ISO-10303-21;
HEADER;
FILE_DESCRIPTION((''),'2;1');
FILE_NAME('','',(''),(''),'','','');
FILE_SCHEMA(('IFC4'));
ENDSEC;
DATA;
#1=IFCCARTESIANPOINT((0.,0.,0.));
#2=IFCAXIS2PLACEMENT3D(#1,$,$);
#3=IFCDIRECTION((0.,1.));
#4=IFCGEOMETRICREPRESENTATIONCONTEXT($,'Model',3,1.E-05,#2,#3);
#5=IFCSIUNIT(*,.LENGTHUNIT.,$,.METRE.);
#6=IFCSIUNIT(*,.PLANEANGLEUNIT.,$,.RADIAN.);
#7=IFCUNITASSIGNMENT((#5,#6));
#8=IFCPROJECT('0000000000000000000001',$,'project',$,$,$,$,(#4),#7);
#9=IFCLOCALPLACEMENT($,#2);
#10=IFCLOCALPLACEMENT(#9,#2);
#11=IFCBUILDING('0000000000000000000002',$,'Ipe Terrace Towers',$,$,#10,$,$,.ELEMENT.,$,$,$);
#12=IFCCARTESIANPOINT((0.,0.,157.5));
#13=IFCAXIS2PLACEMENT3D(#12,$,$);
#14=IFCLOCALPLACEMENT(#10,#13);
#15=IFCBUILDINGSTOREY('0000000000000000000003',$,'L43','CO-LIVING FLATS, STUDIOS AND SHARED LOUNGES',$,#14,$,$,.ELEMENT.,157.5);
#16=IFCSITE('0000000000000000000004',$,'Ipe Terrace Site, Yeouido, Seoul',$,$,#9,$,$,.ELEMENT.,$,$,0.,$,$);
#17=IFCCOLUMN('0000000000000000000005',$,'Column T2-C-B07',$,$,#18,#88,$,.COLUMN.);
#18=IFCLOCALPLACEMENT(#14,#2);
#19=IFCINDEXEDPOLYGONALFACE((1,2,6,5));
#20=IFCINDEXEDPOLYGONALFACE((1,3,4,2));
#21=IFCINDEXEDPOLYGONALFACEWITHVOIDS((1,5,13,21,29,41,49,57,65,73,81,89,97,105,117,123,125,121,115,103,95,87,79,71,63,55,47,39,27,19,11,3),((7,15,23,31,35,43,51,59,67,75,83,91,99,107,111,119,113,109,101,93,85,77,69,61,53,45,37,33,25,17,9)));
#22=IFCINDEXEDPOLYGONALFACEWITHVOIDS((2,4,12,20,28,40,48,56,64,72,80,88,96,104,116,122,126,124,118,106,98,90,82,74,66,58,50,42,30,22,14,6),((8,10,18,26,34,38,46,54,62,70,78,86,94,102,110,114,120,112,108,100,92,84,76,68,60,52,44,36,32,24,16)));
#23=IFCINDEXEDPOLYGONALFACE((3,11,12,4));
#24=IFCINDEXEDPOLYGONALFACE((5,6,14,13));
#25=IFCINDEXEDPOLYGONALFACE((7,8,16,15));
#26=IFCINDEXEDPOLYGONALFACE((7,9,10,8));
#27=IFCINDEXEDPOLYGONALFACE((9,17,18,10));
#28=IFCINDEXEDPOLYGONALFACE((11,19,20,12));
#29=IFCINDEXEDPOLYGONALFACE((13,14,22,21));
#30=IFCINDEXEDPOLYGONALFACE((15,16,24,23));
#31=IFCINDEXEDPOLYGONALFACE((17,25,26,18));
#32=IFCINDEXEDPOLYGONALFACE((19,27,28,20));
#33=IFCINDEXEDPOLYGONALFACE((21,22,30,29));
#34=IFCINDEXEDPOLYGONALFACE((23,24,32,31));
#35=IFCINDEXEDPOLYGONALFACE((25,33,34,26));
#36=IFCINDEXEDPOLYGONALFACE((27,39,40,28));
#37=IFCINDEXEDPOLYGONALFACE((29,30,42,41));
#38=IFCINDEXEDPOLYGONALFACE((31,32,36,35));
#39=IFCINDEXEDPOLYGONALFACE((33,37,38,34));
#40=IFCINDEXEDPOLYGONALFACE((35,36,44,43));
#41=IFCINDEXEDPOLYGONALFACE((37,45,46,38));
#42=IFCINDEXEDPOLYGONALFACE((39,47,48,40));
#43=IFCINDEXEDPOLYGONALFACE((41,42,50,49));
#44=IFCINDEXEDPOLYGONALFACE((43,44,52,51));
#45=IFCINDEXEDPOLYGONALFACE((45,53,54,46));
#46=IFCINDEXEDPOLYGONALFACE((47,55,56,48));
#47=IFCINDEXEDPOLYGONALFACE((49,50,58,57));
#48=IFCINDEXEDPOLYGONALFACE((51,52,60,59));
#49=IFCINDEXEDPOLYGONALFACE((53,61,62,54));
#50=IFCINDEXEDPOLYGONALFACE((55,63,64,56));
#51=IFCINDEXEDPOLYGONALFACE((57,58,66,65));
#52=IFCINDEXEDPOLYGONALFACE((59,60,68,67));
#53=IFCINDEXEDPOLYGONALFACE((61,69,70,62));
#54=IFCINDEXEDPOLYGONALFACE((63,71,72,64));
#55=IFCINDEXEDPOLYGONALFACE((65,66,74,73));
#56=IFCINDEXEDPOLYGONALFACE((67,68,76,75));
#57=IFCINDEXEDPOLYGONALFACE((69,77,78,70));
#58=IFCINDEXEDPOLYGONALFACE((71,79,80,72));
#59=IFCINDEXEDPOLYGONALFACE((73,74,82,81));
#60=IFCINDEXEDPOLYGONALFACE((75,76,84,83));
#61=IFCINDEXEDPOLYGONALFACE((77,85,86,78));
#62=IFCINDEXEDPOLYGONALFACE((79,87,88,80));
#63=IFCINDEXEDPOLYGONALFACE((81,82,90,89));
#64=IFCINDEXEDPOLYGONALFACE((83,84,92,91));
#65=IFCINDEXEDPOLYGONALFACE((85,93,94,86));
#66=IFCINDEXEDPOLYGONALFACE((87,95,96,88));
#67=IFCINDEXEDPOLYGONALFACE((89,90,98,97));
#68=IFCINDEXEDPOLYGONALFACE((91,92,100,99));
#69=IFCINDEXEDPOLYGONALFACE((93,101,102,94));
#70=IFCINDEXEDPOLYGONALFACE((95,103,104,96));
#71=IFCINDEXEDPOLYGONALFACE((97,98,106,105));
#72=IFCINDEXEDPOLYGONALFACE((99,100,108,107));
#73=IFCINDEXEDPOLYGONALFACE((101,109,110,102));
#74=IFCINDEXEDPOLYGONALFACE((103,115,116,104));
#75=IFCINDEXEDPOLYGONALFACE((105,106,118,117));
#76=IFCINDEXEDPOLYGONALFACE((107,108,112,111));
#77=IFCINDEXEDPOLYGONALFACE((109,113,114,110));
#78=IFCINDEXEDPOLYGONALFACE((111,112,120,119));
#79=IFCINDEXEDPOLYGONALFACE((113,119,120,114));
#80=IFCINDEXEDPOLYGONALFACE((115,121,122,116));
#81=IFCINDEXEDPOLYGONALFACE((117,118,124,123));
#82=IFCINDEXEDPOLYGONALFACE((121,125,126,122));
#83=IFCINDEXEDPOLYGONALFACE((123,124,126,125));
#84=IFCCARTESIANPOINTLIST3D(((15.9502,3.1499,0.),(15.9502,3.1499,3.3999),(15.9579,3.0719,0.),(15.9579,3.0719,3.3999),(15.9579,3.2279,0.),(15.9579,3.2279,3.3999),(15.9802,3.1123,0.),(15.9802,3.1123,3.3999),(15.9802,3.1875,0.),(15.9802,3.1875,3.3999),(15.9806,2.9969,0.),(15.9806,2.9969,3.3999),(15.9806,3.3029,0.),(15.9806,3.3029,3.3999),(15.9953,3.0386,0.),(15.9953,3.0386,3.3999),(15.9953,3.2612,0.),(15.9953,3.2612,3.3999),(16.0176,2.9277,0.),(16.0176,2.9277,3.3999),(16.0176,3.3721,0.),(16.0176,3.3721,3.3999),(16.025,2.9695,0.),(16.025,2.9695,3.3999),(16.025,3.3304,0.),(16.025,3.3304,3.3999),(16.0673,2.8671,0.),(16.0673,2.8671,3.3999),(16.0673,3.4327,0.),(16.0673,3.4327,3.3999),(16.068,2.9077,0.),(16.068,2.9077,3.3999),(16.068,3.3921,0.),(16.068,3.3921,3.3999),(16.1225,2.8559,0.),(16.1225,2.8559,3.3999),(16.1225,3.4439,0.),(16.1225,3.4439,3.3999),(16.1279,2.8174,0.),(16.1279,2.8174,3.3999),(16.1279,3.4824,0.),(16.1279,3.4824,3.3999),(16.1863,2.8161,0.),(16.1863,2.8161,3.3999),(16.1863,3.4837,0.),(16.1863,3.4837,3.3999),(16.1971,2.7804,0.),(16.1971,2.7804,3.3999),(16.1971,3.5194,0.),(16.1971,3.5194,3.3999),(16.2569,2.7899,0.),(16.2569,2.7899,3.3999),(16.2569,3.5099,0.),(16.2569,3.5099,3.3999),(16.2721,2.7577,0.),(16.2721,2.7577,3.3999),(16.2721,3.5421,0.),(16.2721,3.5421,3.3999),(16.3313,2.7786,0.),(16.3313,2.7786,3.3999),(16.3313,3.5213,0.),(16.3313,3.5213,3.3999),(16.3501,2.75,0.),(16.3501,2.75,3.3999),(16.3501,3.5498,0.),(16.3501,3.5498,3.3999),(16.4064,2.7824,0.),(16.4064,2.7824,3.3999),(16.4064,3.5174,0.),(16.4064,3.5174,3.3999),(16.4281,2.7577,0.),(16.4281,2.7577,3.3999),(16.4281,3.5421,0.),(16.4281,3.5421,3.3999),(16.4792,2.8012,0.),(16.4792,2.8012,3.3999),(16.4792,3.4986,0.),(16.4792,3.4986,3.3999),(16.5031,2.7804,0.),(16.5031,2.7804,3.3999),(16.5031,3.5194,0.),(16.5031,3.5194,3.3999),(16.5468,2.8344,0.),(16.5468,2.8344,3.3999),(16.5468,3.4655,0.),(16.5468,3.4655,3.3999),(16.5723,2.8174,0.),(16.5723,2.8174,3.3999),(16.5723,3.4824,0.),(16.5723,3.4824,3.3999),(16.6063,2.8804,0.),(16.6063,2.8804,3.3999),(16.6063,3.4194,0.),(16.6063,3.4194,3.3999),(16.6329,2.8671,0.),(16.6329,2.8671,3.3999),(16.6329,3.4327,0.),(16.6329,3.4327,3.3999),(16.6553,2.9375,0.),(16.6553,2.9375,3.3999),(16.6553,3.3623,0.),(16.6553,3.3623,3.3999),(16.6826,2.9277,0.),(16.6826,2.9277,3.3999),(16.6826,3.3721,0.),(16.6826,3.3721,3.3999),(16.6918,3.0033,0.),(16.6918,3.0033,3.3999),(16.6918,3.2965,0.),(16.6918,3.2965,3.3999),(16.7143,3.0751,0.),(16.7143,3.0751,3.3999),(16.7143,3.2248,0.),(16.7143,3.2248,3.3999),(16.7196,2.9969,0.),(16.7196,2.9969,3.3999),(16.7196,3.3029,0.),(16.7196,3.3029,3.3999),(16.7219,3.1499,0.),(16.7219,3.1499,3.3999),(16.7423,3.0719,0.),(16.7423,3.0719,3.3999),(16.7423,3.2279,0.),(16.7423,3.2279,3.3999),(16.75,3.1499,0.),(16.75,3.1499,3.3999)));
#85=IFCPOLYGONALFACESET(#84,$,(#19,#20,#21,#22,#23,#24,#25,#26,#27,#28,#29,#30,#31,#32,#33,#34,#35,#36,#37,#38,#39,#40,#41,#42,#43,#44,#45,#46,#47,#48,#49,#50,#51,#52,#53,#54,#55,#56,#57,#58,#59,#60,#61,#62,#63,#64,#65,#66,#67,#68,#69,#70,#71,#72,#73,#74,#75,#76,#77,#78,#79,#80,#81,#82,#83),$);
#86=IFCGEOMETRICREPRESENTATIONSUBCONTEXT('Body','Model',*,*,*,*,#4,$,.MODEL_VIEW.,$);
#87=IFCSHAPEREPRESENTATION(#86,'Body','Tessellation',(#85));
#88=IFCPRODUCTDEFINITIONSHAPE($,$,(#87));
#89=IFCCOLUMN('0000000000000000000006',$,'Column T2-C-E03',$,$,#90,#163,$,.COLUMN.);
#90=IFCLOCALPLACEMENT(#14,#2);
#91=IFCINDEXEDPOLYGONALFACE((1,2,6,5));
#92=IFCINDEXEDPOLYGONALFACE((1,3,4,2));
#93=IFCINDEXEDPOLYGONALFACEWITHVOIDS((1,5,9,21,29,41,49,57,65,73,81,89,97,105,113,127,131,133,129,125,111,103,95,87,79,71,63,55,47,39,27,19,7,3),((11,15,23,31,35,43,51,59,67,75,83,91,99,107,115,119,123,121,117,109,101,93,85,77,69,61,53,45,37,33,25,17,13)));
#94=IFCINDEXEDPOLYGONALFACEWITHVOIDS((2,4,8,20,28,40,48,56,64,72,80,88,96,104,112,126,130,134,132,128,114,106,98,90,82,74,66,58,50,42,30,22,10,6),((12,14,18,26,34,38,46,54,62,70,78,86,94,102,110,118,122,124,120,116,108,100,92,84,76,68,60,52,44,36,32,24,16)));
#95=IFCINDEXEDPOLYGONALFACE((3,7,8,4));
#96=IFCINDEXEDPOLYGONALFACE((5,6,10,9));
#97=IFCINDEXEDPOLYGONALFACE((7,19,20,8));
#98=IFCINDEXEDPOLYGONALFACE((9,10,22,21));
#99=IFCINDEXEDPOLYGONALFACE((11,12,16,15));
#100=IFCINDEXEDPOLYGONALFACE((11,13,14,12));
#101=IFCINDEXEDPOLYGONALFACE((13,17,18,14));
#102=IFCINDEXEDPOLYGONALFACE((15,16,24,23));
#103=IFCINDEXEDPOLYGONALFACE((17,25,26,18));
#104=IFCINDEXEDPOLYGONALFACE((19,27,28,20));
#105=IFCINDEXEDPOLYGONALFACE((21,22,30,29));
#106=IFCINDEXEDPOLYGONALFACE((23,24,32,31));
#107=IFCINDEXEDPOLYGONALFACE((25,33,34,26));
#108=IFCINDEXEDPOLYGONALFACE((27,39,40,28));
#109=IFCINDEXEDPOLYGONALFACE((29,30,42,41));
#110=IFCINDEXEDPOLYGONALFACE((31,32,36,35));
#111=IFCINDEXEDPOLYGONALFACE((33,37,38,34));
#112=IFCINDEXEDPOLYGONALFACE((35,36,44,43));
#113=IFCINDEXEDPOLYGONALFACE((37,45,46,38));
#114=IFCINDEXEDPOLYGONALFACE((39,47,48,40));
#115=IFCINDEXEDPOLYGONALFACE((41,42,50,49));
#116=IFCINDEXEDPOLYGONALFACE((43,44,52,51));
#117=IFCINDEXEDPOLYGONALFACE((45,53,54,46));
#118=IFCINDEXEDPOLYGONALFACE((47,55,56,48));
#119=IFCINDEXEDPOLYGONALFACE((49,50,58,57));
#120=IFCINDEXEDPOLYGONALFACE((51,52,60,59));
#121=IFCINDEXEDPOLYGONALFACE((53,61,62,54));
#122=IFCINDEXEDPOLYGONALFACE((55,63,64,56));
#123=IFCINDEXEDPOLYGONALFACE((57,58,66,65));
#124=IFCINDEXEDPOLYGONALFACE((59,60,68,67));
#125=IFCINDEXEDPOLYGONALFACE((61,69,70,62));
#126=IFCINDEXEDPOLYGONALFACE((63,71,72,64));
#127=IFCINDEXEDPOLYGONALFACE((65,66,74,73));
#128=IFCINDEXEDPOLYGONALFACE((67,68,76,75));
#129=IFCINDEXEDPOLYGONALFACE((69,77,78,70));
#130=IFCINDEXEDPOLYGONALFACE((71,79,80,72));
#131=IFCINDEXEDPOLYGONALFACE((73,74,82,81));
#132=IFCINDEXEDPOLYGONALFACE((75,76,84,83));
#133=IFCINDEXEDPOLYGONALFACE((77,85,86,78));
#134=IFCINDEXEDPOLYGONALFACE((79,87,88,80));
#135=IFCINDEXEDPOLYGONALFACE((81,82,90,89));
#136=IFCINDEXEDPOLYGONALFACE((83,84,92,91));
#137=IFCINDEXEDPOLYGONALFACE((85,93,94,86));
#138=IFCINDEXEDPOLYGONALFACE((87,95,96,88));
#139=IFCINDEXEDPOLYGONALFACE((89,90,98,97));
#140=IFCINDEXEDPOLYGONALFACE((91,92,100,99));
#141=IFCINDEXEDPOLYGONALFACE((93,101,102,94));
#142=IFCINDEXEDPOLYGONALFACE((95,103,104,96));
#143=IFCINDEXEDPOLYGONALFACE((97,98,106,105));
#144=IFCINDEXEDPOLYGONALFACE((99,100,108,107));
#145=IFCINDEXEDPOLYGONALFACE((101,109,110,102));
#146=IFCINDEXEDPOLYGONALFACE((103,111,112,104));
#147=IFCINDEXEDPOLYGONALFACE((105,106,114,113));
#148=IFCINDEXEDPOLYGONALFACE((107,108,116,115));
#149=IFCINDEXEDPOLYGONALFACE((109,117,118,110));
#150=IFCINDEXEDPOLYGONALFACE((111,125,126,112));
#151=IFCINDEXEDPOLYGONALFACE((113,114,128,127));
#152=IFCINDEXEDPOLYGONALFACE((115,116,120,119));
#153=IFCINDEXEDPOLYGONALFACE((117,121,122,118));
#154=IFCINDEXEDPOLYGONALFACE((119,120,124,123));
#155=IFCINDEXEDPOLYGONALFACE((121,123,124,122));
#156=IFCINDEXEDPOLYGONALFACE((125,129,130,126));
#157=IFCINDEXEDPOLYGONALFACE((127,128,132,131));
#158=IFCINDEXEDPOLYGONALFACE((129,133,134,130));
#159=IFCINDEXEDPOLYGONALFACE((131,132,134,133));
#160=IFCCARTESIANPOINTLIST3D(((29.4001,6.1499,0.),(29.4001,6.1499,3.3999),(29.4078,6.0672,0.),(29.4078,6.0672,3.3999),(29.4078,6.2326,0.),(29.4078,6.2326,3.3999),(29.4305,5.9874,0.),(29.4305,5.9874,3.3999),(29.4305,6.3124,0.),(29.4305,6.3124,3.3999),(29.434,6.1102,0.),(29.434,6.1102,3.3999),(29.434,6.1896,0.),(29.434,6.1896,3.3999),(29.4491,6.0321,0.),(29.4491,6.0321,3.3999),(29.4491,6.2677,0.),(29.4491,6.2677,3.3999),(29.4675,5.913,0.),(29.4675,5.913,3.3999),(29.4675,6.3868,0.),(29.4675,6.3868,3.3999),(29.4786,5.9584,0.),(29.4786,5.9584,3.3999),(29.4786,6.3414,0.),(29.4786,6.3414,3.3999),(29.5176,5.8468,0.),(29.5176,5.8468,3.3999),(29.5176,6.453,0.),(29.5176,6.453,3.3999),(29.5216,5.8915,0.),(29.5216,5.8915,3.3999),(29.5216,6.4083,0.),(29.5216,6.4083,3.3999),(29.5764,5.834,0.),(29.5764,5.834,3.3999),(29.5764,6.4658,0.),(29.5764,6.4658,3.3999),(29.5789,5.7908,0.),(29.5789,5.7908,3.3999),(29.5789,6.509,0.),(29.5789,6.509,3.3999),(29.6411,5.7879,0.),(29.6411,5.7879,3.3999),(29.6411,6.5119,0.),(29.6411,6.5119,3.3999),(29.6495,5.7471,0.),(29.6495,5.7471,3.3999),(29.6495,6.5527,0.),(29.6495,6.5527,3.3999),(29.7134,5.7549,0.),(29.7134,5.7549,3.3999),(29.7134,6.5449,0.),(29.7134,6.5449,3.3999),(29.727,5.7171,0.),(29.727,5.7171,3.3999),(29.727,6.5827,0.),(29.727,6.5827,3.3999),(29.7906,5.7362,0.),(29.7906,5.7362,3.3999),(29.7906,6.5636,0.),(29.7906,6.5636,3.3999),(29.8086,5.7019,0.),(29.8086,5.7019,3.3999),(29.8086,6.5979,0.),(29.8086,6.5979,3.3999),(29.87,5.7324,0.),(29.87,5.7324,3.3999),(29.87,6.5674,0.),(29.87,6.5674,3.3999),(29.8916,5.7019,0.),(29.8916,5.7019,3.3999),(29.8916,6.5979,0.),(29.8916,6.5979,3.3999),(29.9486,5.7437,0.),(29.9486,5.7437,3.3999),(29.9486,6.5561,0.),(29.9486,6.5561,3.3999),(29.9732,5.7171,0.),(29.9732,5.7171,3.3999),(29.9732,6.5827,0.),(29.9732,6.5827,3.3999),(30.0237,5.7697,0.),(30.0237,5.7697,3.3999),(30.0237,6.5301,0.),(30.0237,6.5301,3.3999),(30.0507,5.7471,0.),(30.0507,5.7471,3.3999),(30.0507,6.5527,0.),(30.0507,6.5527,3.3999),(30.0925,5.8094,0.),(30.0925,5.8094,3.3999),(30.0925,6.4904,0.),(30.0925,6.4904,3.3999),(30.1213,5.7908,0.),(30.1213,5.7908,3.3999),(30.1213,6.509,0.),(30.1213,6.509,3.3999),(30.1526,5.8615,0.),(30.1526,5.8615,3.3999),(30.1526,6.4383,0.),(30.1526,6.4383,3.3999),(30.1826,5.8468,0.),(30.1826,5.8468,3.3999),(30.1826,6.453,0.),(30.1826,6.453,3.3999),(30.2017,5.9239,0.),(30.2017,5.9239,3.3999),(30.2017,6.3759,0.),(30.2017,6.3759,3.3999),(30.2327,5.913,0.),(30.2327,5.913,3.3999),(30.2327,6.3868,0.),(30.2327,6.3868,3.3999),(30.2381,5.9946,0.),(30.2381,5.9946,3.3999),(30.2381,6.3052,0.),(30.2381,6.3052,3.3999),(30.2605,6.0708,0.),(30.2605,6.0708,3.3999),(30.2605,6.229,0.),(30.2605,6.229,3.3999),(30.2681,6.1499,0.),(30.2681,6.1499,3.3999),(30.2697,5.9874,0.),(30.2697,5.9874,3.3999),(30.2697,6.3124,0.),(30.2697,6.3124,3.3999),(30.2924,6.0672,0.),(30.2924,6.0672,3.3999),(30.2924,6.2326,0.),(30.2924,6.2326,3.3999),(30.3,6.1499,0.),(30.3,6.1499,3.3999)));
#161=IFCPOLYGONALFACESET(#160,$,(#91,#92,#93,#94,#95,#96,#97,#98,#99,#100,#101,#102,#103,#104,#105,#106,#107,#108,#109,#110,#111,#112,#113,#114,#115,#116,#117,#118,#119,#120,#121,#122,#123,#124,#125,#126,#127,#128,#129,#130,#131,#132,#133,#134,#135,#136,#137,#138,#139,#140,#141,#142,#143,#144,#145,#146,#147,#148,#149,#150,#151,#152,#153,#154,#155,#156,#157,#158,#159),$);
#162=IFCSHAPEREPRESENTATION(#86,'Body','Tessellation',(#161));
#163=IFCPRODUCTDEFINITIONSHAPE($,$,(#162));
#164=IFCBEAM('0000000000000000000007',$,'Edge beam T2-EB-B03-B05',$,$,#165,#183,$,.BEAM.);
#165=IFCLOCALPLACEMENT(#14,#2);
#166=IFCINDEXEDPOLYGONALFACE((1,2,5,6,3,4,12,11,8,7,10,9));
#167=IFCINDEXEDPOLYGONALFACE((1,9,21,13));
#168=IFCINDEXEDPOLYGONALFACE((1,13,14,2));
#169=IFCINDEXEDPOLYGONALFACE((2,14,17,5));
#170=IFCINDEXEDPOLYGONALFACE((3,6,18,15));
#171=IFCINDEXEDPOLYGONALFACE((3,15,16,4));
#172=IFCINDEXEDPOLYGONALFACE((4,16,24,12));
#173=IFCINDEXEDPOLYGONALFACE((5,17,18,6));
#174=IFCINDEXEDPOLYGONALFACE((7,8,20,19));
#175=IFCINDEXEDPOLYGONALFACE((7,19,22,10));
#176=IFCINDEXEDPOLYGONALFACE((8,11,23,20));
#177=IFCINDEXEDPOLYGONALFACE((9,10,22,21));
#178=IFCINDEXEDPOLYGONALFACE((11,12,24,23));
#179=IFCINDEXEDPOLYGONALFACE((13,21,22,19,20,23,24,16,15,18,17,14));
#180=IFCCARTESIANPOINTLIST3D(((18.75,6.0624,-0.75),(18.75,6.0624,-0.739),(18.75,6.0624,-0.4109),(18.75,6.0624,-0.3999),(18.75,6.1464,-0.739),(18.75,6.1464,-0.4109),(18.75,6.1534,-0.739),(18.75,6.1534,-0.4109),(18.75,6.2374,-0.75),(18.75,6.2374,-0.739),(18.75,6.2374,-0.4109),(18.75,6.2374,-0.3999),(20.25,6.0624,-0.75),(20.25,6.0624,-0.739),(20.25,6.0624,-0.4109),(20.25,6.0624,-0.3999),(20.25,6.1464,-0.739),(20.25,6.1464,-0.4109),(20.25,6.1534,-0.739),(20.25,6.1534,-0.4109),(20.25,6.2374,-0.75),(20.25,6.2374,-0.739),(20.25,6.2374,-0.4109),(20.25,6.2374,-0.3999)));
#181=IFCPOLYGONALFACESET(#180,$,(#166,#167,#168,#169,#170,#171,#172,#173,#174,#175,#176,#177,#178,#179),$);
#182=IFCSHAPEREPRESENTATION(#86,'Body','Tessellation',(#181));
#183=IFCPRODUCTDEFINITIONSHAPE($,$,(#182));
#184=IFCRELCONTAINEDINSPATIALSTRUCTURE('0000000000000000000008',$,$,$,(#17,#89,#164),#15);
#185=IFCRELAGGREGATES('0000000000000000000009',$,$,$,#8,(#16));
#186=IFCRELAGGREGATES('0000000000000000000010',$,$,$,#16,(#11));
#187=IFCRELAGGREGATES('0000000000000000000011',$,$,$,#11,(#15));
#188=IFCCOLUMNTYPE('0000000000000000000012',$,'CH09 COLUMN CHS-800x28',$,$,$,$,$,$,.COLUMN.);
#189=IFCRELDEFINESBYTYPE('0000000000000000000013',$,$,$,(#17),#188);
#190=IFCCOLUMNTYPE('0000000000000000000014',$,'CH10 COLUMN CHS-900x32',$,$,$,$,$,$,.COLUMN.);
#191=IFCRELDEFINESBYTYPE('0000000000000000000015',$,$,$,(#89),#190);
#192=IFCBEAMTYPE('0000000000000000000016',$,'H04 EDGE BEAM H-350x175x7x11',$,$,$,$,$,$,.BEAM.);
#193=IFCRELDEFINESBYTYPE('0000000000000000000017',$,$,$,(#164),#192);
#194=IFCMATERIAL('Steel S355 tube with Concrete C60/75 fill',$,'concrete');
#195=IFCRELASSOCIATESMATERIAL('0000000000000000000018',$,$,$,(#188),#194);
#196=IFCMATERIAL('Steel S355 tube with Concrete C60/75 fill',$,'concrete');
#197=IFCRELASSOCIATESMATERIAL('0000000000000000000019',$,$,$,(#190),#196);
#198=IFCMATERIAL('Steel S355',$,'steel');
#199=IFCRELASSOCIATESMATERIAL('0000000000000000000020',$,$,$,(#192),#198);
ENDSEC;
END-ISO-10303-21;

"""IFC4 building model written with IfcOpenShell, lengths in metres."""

from ifc_helpers import new_model, si_unit, direction, frame, origin, origin_2d, place, context, subcontext, project, spatial, hollow_circle, i_section, extrude, material, material_profile, profile_set, type_object, element, save


model = new_model("IFC4")

# Units and contexts
model_context = context("Model", 3, precision=1e-05, world=origin(), true_north=direction((0.0, 1.0)))
body_context = subcontext(model_context, "Body", "Model", "MODEL_VIEW")
ifc_project = project(units=[si_unit("LENGTHUNIT", "METRE"), si_unit("PLANEANGLEUNIT", "RADIAN")], contexts=[model_context])

# Site, building, storey
site_placement = place(None, origin())
site = spatial("IfcSite", under=ifc_project, at=site_placement, Name="Ipe Terrace Site, Yeouido, Seoul", CompositionType="ELEMENT", RefElevation=0.0)
building_placement = place(site_placement, origin())
building = spatial("IfcBuilding", under=site, at=building_placement, Name="Ipe Terrace Towers", CompositionType="ELEMENT")
storey_placement = place(building_placement, frame((0.0, 0.0, 157.5)))
storey = spatial("IfcBuildingStorey", under=building, at=storey_placement, Name="L43", Description="CO-LIVING FLATS, STUDIOS AND SHARED LOUNGES", CompositionType="ELEMENT", Elevation=157.5)

# Columns
ifc_material_1 = material(Name="Steel S355 tube with Concrete C60/75 fill", Category="concrete")
ifc_material_profile_1 = material_profile(ifc_material_1, hollow_circle(Radius=0.3999, WallThickness=0.0281, at=origin_2d()), Name="CHS-800x28")
ifc_profile_set_1 = profile_set([ifc_material_profile_1], Name="Steel S355 tube with Concrete C60/75 fill")
column_type_1 = type_object("IfcColumnType", Name="CH09 COLUMN CHS-800x28", PredefinedType="COLUMN", material=ifc_profile_set_1)
for number, where, z_axis, x_axis, name in (
    (1, (16.3501, 3.1499, 0.0), (0.0, 0.0, 1.0), (1.0, 0.0, 0.0), "Column T2-C-B07"),
):
    element("IfcColumn", number, at=place(storey_placement, frame(where, z_axis=z_axis, x_axis=x_axis)), inside=storey, type_object=column_type_1, Name=name, PredefinedType="COLUMN", context=body_context, shape_type="SweptSolid", body=[
        extrude(hollow_circle(Radius=0.3999, WallThickness=0.0281, at=origin_2d()), origin(), (0.0, 0.0, 1.0), 3.3999),
    ])
ifc_material_2 = material(Name="Steel S355 tube with Concrete C60/75 fill", Category="concrete")
ifc_material_profile_2 = material_profile(ifc_material_2, hollow_circle(Radius=0.45, WallThickness=0.032, at=origin_2d()), Name="CHS-900x32")
ifc_profile_set_2 = profile_set([ifc_material_profile_2], Name="Steel S355 tube with Concrete C60/75 fill")
column_type_2 = type_object("IfcColumnType", Name="CH10 COLUMN CHS-900x32", PredefinedType="COLUMN", material=ifc_profile_set_2)
column_placement = place(storey_placement, frame((29.8501, 6.1499, 0.0), z_axis=(0.0, 0.0, 1.0), x_axis=(1.0, 0.0, 0.0)))
element("IfcColumn", 2, at=column_placement, inside=storey, type_object=column_type_2, Name="Column T2-C-E03", PredefinedType="COLUMN", context=body_context, shape_type="SweptSolid", body=[
    extrude(hollow_circle(Radius=0.45, WallThickness=0.032, at=origin_2d()), origin(), (0.0, 0.0, 1.0), 3.3999),
])

# Beam
ifc_material_3 = material(Name="Steel S355", Category="steel")
ifc_material_profile_3 = material_profile(ifc_material_3, i_section(OverallWidth=0.175, OverallDepth=0.3501, WebThickness=0.0071, FlangeThickness=0.011, at=origin_2d()), Name="H-350x175x7x11")
ifc_profile_set_3 = profile_set([ifc_material_profile_3], Name="Steel S355")
beam_type_1 = type_object("IfcBeamType", Name="H04 EDGE BEAM H-350x175x7x11", PredefinedType="BEAM", material=ifc_profile_set_3)
beam_1_placement = place(storey_placement, frame((20.25, 6.1499, -0.575), z_axis=(-1.0, 0.0, 0.0), x_axis=(0.0, -1.0, 0.0)))
element("IfcBeam", 3, at=beam_1_placement, inside=storey, type_object=beam_type_1, Name="Edge beam T2-EB-B03-B05", PredefinedType="BEAM", context=body_context, shape_type="SweptSolid", body=[
    extrude(i_section(OverallWidth=0.175, OverallDepth=0.3501, WebThickness=0.0071, FlangeThickness=0.011, at=origin_2d()), origin(), (0.0, 0.0, 1.0), 1.5),
])

save(model, "model.ifc")
